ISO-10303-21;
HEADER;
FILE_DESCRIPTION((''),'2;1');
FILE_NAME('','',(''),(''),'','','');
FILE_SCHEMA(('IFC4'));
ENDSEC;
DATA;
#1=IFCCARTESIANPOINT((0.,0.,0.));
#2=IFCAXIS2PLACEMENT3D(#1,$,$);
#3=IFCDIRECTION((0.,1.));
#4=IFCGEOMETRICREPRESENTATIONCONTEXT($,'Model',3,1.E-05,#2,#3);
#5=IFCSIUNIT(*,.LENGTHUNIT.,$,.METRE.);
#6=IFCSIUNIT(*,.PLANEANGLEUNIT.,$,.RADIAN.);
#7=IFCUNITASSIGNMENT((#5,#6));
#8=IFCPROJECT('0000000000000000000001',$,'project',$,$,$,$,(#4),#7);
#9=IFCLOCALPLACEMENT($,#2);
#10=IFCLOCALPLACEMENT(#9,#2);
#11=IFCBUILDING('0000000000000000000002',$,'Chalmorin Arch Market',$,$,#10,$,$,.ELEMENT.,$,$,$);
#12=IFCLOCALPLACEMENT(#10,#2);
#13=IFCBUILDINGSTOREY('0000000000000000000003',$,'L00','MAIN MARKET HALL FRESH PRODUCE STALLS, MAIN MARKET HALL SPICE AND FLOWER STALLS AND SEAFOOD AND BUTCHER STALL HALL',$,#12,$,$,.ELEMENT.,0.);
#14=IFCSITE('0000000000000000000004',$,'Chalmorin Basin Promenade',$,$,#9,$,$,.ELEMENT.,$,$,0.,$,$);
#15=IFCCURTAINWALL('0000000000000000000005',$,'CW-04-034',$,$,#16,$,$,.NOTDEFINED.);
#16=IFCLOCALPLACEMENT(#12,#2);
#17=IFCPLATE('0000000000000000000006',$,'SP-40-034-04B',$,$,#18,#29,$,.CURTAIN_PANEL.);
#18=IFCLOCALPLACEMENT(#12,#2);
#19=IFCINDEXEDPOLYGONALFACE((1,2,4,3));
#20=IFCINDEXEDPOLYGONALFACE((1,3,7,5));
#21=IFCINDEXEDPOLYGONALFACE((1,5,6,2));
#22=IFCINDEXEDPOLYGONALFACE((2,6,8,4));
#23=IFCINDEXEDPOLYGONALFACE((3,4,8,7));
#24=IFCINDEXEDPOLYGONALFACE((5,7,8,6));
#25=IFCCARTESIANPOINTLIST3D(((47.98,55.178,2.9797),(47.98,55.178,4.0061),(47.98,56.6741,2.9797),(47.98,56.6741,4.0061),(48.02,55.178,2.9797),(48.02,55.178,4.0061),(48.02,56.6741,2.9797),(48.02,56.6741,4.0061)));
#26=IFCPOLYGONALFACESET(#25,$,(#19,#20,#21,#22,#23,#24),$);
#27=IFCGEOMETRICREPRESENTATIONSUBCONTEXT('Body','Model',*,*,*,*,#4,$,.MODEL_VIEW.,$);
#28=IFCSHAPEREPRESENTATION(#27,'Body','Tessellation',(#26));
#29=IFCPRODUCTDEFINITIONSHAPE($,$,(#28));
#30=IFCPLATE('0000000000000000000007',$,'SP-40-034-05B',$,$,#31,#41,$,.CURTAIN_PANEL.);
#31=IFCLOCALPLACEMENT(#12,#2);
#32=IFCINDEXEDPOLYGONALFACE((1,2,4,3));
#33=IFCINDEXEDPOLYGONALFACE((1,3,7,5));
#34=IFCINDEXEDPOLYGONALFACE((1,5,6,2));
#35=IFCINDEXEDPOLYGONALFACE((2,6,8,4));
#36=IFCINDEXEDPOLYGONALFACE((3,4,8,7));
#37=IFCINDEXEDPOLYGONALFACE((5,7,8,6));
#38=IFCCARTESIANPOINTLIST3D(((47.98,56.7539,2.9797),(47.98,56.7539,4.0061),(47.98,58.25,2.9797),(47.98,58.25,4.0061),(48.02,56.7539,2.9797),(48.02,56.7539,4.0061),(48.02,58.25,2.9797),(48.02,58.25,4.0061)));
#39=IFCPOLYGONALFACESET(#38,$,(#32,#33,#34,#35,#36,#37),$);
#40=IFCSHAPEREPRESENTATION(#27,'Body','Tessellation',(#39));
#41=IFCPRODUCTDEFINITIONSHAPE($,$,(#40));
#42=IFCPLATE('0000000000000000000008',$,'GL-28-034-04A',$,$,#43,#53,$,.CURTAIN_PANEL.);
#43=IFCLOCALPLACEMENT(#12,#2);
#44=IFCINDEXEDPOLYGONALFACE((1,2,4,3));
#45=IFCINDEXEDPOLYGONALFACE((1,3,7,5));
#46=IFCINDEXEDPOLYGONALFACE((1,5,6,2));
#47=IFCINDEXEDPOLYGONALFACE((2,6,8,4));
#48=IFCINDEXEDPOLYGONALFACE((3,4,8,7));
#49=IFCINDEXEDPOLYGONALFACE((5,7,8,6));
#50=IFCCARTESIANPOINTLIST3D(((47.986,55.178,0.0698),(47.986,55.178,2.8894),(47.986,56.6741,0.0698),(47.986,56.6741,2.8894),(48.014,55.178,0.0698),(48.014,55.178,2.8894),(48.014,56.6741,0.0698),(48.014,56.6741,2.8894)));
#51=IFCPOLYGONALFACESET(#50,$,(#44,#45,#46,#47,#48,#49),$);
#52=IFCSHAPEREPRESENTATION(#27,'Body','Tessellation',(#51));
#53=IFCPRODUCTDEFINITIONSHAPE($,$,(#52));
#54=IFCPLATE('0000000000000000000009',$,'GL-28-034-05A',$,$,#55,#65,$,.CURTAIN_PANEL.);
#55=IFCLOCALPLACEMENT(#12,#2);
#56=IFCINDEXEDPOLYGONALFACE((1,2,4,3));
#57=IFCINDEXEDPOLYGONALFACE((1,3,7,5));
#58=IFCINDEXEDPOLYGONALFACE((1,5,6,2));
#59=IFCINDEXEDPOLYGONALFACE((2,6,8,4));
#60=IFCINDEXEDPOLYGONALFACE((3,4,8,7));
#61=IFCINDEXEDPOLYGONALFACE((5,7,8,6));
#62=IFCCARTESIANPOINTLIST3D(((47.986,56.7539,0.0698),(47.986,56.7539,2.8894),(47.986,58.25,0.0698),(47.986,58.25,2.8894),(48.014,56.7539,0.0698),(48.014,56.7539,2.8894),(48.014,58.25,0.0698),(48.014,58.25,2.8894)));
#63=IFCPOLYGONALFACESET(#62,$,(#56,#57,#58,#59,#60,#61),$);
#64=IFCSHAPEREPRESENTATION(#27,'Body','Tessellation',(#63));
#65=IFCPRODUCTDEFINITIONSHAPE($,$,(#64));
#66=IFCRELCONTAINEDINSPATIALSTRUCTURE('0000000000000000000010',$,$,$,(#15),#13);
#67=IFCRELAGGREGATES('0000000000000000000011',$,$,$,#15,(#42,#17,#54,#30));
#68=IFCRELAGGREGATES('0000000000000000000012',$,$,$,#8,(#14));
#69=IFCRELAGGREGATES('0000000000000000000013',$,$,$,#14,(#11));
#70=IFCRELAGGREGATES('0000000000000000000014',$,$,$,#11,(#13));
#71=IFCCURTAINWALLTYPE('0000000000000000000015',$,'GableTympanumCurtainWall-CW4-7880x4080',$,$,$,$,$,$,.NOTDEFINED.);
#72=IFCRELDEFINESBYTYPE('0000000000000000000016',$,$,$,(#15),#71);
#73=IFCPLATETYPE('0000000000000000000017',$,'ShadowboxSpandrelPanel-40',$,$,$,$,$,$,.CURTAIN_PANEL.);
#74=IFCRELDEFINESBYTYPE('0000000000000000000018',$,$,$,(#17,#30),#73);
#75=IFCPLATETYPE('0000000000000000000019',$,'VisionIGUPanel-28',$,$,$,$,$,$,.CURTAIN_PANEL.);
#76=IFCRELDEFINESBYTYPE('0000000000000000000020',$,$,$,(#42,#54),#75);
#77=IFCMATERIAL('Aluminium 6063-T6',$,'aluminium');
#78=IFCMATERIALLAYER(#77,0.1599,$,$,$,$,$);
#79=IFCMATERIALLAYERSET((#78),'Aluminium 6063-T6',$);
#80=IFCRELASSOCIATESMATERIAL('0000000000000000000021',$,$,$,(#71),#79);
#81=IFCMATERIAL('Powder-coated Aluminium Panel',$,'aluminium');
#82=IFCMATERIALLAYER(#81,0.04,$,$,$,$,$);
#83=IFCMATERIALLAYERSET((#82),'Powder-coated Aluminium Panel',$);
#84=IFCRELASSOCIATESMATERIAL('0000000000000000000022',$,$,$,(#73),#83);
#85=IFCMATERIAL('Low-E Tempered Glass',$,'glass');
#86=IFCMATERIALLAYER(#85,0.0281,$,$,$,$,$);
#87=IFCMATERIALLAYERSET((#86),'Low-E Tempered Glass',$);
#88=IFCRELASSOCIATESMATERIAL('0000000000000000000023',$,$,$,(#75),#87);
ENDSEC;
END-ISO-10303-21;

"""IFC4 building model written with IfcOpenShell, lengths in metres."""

from ifc_helpers import new_model, si_unit, direction, frame, origin, origin_2d, place, context, subcontext, project, spatial, rectangle, extrude, material, layer, layer_set, type_object, element, aggregate, save


model = new_model("IFC4")

# Units and contexts
model_context = context("Model", 3, precision=1e-05, world=origin(), true_north=direction((0.0, 1.0)))
body_context = subcontext(model_context, "Body", "Model", "MODEL_VIEW")
ifc_project = project(units=[si_unit("LENGTHUNIT", "METRE"), si_unit("PLANEANGLEUNIT", "RADIAN")], contexts=[model_context])

# Site, building, storey
site_placement = place(None, origin())
site = spatial("IfcSite", under=ifc_project, at=site_placement, Name="Chalmorin Basin Promenade", CompositionType="ELEMENT", RefElevation=0.0)
building_placement = place(site_placement, origin())
building = spatial("IfcBuilding", under=site, at=building_placement, Name="Chalmorin Arch Market", CompositionType="ELEMENT")
storey_placement = place(building_placement, origin())
storey = spatial("IfcBuildingStorey", under=building, at=storey_placement, Name="L00", Description="MAIN MARKET HALL FRESH PRODUCE STALLS, MAIN MARKET HALL SPICE AND FLOWER STALLS AND SEAFOOD AND BUTCHER STALL HALL", CompositionType="ELEMENT", Elevation=0.0)

# Curtain wall
ifc_material_1 = material(Name="Aluminium 6063-T6", Category="aluminium")
ifc_layer_1 = layer(ifc_material_1, 0.1599)
ifc_layer_set_1 = layer_set([ifc_layer_1], Name="Aluminium 6063-T6")
curtain_wall_type = type_object("IfcCurtainWallType", Name="GableTympanumCurtainWall-CW4-7880x4080", PredefinedType="NOTDEFINED", material=ifc_layer_set_1)
curtain_wall_placement = place(storey_placement, origin())
curtain_wall = element("IfcCurtainWall", 1, at=curtain_wall_placement, inside=storey, type_object=curtain_wall_type, Name="CW-04-034", PredefinedType="NOTDEFINED")

# Plates
ifc_material_2 = material(Name="Powder-coated Aluminium Panel", Category="aluminium")
ifc_layer_2 = layer(ifc_material_2, 0.04)
ifc_layer_set_2 = layer_set([ifc_layer_2], Name="Powder-coated Aluminium Panel")
plate_type_1 = type_object("IfcPlateType", Name="ShadowboxSpandrelPanel-40", PredefinedType="CURTAIN_PANEL", material=ifc_layer_set_2)
plate_1_placement = place(storey_placement, frame((48.0, 55.926, 2.9797), z_axis=(0.0, 0.0, 1.0), x_axis=(0.0, 1.0, 0.0)))
plate_1 = element("IfcPlate", 2, at=plate_1_placement, type_object=plate_type_1, Name="SP-40-034-04B", PredefinedType="CURTAIN_PANEL", context=body_context, shape_type="SweptSolid", body=[
    extrude(rectangle(XDim=1.4961, YDim=0.04, at=origin_2d()), origin(), (0.0, 0.0, 1.0), 1.0264),
])
plate_2_placement = place(storey_placement, frame((48.0, 57.502, 2.9797), z_axis=(0.0, 0.0, 1.0), x_axis=(0.0, 1.0, 0.0)))
plate_2 = element("IfcPlate", 3, at=plate_2_placement, type_object=plate_type_1, Name="SP-40-034-05B", PredefinedType="CURTAIN_PANEL", context=body_context, shape_type="SweptSolid", body=[
    extrude(rectangle(XDim=1.4961, YDim=0.04, at=origin_2d()), origin(), (0.0, 0.0, 1.0), 1.0264),
])
ifc_material_3 = material(Name="Low-E Tempered Glass", Category="glass")
ifc_layer_3 = layer(ifc_material_3, 0.0281)
ifc_layer_set_3 = layer_set([ifc_layer_3], Name="Low-E Tempered Glass")
plate_type_2 = type_object("IfcPlateType", Name="VisionIGUPanel-28", PredefinedType="CURTAIN_PANEL", material=ifc_layer_set_3)
plate_3_placement = place(storey_placement, frame((48.0, 55.926, 0.0698), z_axis=(0.0, 0.0, 1.0), x_axis=(0.0, 1.0, 0.0)))
plate_3 = element("IfcPlate", 4, at=plate_3_placement, type_object=plate_type_2, Name="GL-28-034-04A", PredefinedType="CURTAIN_PANEL", context=body_context, shape_type="SweptSolid", body=[
    extrude(rectangle(XDim=1.4961, YDim=0.0281, at=origin_2d()), origin(), (0.0, 0.0, 1.0), 2.8196),
])
plate_4_placement = place(storey_placement, frame((48.0, 57.502, 0.0698), z_axis=(0.0, 0.0, 1.0), x_axis=(0.0, 1.0, 0.0)))
plate_4 = element("IfcPlate", 5, at=plate_4_placement, type_object=plate_type_2, Name="GL-28-034-05A", PredefinedType="CURTAIN_PANEL", context=body_context, shape_type="SweptSolid", body=[
    extrude(rectangle(XDim=1.4961, YDim=0.0281, at=origin_2d()), origin(), (0.0, 0.0, 1.0), 2.8196),
])
aggregate(curtain_wall, [plate_3, plate_1, plate_4, plate_2])

save(model, "model.ifc")
